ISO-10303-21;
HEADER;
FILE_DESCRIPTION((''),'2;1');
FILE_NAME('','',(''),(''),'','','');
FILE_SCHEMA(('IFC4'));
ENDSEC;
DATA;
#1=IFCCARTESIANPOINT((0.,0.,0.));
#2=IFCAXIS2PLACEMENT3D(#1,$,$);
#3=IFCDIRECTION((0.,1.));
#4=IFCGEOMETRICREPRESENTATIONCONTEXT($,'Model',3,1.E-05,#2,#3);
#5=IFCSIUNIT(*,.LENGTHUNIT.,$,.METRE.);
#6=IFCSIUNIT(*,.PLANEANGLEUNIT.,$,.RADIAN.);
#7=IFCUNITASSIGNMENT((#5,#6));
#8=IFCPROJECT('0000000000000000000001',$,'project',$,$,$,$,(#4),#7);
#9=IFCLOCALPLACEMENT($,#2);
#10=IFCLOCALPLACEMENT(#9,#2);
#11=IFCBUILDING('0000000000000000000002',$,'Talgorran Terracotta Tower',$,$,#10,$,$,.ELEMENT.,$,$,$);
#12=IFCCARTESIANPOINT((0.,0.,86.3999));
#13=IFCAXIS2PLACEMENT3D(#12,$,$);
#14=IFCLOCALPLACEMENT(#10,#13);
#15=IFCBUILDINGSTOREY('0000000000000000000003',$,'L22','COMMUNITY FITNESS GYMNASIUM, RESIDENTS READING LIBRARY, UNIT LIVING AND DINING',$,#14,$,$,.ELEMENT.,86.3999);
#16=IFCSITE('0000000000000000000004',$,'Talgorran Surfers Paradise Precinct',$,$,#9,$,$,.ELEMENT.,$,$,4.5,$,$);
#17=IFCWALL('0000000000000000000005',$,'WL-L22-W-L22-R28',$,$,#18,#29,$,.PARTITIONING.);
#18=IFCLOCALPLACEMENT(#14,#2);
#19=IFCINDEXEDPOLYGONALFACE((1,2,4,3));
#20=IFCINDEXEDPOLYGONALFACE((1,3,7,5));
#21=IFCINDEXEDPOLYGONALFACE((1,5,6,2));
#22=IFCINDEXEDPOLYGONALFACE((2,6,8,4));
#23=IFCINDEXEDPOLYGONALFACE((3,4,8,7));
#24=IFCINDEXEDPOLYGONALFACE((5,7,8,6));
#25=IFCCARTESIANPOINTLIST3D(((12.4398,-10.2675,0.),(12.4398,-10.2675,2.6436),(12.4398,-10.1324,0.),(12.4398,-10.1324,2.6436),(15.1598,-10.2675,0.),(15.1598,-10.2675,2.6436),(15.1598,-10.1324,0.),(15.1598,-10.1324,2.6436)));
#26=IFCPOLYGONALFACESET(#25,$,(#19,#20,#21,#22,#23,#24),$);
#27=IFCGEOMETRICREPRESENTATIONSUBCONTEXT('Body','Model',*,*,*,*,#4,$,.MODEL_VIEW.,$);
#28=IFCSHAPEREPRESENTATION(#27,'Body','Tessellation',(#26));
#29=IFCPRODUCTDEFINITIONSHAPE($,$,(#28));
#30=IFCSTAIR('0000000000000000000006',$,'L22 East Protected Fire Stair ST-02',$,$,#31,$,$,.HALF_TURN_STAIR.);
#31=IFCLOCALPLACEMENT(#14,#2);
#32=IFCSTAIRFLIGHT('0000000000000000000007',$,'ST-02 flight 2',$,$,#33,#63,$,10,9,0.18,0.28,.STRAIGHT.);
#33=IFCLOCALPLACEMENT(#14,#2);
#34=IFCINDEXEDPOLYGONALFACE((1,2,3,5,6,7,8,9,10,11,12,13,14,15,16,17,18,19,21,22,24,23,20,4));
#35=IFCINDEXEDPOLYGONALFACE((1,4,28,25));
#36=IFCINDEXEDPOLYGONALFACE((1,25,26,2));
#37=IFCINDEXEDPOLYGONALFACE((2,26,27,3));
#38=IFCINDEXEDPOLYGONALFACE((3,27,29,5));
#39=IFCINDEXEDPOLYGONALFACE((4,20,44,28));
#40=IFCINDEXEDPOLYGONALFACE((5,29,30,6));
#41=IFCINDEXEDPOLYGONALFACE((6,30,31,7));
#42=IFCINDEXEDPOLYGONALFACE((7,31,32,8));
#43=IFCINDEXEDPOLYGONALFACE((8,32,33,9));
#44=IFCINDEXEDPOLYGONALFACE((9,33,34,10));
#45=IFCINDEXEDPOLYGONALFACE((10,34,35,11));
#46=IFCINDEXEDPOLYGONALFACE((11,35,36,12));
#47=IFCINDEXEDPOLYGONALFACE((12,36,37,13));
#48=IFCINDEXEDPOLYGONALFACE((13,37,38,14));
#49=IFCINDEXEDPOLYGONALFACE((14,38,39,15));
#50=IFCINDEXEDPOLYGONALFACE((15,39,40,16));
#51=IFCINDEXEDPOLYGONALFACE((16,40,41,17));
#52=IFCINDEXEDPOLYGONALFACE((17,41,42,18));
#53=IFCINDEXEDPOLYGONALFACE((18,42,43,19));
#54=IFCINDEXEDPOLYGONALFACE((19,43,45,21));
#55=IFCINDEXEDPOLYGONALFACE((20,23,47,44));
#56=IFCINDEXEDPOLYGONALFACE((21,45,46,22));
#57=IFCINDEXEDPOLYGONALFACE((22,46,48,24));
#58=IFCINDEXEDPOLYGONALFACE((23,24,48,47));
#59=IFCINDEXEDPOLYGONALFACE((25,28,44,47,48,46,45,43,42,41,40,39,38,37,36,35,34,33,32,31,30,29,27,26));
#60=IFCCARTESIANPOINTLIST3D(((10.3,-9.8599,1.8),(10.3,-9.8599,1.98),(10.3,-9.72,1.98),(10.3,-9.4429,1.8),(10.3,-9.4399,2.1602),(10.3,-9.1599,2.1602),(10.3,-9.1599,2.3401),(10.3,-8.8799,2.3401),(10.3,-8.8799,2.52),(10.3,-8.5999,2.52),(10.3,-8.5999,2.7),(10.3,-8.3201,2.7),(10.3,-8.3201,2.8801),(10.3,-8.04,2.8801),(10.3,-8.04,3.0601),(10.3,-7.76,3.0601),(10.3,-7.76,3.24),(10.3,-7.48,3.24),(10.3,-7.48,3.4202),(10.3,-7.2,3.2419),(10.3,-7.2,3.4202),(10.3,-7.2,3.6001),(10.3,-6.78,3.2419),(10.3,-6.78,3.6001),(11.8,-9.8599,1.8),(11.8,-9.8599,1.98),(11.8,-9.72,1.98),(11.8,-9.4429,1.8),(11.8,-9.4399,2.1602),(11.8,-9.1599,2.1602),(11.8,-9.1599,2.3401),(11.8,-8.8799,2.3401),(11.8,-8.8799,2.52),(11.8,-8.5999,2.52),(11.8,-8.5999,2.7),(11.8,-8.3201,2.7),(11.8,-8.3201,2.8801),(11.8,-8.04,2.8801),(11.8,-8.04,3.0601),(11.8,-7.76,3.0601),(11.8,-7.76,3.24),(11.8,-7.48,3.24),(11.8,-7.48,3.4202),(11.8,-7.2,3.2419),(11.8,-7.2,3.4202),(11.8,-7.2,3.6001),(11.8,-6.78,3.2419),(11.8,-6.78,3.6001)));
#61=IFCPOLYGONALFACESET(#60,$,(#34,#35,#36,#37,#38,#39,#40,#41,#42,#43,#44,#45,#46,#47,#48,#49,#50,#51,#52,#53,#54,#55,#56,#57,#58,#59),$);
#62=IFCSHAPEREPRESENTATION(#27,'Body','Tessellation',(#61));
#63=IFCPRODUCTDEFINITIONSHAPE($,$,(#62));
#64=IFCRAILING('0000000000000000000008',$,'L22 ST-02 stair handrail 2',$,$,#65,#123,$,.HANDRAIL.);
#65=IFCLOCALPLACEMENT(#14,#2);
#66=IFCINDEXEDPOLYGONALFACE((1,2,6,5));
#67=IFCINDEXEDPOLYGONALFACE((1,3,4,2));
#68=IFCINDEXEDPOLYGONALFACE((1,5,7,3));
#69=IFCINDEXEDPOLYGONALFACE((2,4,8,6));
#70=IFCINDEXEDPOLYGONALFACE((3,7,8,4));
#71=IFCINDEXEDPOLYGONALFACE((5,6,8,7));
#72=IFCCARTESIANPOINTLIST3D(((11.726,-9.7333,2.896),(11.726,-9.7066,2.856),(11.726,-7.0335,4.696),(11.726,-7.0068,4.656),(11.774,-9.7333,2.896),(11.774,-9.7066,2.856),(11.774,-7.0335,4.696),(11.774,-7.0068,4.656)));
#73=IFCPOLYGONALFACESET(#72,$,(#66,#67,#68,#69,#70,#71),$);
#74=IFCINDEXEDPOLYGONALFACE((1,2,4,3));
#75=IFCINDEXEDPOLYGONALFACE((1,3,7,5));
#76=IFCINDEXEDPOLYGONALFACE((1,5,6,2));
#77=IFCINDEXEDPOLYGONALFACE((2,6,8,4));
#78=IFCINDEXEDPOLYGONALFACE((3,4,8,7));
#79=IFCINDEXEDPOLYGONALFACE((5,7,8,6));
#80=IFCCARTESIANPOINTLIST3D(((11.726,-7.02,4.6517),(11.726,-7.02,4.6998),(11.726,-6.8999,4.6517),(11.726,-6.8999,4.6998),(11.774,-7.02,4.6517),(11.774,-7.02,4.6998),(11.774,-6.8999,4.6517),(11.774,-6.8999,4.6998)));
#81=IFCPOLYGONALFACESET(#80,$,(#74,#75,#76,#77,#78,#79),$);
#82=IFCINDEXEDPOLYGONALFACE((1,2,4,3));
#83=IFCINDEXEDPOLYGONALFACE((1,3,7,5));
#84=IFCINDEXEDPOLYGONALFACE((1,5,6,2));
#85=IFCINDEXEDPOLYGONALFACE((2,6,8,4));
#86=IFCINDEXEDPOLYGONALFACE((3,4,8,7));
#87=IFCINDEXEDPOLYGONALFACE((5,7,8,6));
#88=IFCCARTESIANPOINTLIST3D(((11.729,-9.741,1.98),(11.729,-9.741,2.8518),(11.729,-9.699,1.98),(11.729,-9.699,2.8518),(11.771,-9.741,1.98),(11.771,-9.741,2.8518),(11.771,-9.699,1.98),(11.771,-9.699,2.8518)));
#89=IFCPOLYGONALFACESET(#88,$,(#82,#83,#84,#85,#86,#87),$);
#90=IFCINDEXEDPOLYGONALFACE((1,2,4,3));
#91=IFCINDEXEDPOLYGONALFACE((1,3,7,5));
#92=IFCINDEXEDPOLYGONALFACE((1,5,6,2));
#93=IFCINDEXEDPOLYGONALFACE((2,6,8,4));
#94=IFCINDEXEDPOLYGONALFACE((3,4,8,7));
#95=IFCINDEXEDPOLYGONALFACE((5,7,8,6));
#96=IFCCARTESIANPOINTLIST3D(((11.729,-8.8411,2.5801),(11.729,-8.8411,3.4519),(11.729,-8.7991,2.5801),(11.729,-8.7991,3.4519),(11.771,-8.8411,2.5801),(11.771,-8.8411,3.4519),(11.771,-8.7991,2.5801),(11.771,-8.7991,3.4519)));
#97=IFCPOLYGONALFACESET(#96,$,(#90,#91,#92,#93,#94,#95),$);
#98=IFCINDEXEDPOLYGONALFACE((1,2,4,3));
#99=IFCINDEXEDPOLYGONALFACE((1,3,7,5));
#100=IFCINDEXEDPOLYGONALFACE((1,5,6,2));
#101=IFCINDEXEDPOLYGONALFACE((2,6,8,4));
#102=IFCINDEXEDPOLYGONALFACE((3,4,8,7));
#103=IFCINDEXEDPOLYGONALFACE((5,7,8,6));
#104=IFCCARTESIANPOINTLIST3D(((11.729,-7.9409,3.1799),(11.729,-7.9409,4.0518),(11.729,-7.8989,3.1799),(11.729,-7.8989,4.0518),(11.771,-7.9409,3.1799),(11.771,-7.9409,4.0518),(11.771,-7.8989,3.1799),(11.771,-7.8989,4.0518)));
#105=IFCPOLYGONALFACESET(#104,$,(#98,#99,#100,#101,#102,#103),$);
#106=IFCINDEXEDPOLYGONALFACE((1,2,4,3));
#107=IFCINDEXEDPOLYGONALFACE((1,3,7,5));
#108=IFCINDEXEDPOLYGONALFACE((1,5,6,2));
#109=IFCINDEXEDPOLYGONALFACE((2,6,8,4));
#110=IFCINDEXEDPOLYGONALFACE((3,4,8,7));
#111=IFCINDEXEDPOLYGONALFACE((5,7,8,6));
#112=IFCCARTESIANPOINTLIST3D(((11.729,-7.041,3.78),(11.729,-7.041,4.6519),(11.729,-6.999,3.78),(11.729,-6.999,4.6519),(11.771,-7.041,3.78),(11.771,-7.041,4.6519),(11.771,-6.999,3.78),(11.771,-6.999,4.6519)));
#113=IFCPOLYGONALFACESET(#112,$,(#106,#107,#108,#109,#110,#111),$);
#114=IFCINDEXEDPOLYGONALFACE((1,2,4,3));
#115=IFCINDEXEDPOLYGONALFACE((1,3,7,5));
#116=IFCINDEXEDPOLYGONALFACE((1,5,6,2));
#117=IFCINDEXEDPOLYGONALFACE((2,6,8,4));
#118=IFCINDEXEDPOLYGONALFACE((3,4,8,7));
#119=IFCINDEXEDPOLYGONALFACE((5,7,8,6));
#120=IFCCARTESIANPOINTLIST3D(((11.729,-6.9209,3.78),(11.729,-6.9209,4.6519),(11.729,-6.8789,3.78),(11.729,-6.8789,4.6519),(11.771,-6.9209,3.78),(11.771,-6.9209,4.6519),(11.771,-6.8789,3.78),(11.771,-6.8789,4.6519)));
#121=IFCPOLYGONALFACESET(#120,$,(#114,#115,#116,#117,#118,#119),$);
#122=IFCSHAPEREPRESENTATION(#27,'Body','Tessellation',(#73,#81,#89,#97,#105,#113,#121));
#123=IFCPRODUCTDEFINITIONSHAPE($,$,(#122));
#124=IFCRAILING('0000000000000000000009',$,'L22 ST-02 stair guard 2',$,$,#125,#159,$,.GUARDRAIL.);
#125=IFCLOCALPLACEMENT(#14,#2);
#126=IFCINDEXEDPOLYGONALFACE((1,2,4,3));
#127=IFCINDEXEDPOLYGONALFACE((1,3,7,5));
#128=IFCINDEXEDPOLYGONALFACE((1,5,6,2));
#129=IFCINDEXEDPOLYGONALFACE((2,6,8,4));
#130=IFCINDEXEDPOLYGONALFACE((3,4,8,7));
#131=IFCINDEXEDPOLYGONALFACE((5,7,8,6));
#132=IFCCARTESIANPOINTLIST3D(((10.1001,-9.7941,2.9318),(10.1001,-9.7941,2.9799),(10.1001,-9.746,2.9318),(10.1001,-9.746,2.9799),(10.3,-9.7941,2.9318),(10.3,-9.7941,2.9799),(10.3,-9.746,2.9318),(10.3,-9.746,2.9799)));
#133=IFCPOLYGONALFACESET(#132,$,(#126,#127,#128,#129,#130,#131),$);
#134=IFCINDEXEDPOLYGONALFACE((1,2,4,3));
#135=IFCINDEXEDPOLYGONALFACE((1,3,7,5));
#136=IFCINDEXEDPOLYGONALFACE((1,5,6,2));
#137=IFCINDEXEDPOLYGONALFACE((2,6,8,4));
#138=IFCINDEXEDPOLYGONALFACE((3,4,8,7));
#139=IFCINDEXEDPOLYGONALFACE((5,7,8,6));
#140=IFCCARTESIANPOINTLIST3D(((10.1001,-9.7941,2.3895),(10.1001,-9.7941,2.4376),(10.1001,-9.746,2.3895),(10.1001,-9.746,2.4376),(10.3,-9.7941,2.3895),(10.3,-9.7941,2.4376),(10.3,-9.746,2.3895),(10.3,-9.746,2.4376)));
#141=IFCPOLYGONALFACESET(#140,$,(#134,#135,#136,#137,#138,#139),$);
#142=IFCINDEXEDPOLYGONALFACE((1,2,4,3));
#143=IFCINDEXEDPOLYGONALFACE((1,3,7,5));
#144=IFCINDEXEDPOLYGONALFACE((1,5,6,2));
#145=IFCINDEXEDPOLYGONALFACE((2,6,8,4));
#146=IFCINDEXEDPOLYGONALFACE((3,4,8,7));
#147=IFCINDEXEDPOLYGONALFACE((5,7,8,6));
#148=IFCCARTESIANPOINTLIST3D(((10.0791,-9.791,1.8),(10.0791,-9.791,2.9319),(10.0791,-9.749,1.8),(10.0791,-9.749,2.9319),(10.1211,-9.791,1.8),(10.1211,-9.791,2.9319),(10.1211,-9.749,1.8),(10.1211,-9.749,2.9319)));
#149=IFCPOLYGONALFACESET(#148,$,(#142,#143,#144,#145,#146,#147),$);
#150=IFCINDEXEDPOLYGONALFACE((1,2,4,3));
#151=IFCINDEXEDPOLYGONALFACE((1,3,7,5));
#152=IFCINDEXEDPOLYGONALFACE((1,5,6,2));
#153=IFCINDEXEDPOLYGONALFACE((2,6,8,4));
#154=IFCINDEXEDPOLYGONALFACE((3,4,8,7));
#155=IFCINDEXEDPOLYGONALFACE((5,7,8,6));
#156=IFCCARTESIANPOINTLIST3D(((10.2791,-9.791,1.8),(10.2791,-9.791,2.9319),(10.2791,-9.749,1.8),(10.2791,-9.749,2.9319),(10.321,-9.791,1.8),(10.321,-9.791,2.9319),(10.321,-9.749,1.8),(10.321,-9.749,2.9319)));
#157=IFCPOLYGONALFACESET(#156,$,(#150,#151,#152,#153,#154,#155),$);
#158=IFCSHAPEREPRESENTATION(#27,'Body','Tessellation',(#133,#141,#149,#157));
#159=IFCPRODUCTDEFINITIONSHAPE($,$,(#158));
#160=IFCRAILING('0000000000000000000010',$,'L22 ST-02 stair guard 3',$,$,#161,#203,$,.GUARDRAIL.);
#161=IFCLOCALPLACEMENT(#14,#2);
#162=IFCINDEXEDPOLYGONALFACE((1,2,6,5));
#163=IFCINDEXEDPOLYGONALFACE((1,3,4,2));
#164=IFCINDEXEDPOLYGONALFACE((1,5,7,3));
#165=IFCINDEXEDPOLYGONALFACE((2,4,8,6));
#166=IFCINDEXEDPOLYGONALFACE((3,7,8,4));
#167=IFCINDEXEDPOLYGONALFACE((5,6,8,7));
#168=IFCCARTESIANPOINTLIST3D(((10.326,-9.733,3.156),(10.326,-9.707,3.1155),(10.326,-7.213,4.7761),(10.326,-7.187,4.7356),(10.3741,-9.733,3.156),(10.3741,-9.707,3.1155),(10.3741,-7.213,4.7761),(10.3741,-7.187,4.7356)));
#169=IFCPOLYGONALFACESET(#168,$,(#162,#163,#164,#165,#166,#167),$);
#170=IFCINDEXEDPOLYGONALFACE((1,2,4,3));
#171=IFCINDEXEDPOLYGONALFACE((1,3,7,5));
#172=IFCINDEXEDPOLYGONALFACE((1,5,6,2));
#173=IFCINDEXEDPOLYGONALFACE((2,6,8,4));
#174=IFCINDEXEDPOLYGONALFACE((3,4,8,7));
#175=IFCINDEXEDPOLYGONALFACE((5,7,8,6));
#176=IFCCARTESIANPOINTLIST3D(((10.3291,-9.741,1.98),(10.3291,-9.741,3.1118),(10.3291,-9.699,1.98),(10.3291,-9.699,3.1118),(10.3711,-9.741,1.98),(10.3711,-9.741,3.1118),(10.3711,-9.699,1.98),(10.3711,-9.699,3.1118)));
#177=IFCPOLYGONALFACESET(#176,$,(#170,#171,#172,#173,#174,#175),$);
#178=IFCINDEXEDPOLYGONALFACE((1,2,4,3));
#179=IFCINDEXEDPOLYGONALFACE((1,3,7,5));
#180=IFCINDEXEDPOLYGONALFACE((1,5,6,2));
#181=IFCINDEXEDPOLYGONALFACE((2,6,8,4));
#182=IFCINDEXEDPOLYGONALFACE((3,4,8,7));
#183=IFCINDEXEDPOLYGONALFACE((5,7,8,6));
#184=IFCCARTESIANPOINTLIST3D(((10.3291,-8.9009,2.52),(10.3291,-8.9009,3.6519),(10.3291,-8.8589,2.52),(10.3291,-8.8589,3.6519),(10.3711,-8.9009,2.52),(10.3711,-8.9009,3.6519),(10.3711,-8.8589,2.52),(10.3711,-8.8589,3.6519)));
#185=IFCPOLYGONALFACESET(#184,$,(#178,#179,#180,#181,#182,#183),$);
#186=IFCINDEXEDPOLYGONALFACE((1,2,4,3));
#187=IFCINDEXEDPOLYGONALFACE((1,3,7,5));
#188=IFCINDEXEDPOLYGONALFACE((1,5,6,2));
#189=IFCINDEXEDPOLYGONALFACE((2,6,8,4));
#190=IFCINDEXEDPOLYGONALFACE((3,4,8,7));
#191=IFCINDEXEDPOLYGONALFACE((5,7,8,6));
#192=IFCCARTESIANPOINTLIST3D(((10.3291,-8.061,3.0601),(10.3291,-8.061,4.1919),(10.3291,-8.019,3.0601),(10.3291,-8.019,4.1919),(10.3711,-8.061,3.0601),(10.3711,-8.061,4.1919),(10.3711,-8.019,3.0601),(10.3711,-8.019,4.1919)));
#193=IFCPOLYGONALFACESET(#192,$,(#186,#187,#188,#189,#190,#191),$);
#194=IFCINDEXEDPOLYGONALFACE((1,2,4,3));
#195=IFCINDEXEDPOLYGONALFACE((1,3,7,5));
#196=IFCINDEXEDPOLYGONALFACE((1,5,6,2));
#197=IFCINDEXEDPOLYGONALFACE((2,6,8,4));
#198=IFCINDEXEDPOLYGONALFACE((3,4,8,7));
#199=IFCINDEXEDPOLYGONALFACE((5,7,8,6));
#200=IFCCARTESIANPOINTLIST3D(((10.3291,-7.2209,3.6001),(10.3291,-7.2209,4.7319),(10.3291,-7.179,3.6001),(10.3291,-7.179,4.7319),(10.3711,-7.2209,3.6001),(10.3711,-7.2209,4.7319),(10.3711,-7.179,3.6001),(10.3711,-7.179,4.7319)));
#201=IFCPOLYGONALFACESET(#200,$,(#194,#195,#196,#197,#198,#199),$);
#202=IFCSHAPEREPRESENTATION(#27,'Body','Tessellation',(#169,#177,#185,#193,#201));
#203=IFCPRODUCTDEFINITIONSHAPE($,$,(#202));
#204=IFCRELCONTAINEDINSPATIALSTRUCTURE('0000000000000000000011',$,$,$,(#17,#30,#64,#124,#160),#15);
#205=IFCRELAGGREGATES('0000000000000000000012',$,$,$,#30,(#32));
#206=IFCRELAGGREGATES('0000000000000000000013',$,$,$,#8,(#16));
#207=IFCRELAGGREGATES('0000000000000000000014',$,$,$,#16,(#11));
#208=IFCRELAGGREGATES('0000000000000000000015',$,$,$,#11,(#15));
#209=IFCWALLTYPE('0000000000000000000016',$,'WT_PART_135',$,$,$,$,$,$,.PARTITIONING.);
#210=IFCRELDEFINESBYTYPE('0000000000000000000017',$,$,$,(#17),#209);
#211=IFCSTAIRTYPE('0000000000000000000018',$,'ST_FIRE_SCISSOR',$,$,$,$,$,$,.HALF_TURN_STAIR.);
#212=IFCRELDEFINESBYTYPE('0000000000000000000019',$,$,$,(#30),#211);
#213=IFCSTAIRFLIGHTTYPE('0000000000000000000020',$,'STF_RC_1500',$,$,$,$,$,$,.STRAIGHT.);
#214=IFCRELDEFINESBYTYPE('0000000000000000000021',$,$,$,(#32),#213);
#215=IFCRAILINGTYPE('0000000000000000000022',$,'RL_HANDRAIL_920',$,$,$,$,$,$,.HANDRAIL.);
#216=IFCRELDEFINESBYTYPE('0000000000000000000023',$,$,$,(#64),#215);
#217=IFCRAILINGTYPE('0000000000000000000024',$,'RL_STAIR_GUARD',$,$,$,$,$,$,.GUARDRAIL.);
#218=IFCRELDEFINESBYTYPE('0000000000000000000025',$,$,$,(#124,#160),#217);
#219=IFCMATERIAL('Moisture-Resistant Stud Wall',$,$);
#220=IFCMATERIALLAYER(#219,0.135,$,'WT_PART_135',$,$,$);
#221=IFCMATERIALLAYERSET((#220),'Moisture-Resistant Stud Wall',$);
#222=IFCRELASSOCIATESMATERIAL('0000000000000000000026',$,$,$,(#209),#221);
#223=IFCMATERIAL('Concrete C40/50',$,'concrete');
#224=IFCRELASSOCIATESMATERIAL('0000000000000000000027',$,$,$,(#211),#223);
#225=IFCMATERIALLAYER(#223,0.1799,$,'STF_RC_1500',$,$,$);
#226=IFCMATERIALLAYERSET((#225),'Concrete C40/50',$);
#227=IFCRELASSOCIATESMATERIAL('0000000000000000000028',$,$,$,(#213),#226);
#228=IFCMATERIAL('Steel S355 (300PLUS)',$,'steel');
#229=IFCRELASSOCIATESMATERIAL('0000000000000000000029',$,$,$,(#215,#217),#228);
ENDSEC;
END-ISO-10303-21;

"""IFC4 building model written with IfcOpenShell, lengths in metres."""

from ifc_helpers import new_model, si_unit, direction, frame, frame_2d, origin, origin_2d, place, context, subcontext, project, spatial, polyline, rectangle, outline, extrude, material, layer, layer_set, type_object, element, aggregate, save


model = new_model("IFC4")

# Units and contexts
model_context = context("Model", 3, precision=1e-05, world=origin(), true_north=direction((0.0, 1.0)))
body_context = subcontext(model_context, "Body", "Model", "MODEL_VIEW")
ifc_project = project(units=[si_unit("LENGTHUNIT", "METRE"), si_unit("PLANEANGLEUNIT", "RADIAN")], contexts=[model_context])

# Site, building, storey
site_placement = place(None, origin())
site = spatial("IfcSite", under=ifc_project, at=site_placement, Name="Talgorran Surfers Paradise Precinct", CompositionType="ELEMENT", RefElevation=4.5)
building_placement = place(site_placement, origin())
building = spatial("IfcBuilding", under=site, at=building_placement, Name="Talgorran Terracotta Tower", CompositionType="ELEMENT")
storey_placement = place(building_placement, frame((0.0, 0.0, 86.3999)))
storey = spatial("IfcBuildingStorey", under=building, at=storey_placement, Name="L22", Description="COMMUNITY FITNESS GYMNASIUM, RESIDENTS READING LIBRARY, UNIT LIVING AND DINING", CompositionType="ELEMENT", Elevation=86.3999)

# Shared definitions
ifc_material_1 = material(Name="Steel S355 (300PLUS)", Category="steel")

# Shared definitions
ifc_material_2 = material(Name="Moisture-Resistant Stud Wall")
ifc_layer_1 = layer(ifc_material_2, 0.135, Name="WT_PART_135")
ifc_layer_set_1 = layer_set([ifc_layer_1], Name="Moisture-Resistant Stud Wall")
wall_type_1 = type_object("IfcWallType", Name="WT_PART_135", PredefinedType="PARTITIONING", material=ifc_layer_set_1)

# Wall
wall_1_placement = place(storey_placement, frame((12.4399, -10.2, 0.0), z_axis=(0.0, 0.0, 1.0), x_axis=(1.0, 0.0, 0.0)))
element("IfcWall", 1, at=wall_1_placement, inside=storey, type_object=wall_type_1, Name="WL-L22-W-L22-R28", PredefinedType="PARTITIONING", context=body_context, shape_type="SweptSolid", body=[
    extrude(rectangle(XDim=2.72, YDim=0.135, at=frame_2d((1.3599, 0.0))), origin(), (0.0, 0.0, 1.0), 2.6436),
])

# Stair, stair flight
ifc_material_3 = material(Name="Concrete C40/50", Category="concrete")
stair_type = type_object("IfcStairType", Name="ST_FIRE_SCISSOR", PredefinedType="HALF_TURN_STAIR", material=ifc_material_3)
stair_placement = place(storey_placement, origin())
stair = element("IfcStair", 2, at=stair_placement, inside=storey, type_object=stair_type, Name="L22 East Protected Fire Stair ST-02", PredefinedType="HALF_TURN_STAIR")
ifc_layer_2 = layer(ifc_material_3, 0.1799, Name="STF_RC_1500")
ifc_layer_set_2 = layer_set([ifc_layer_2], Name="Concrete C40/50")
stair_flight_type = type_object("IfcStairFlightType", Name="STF_RC_1500", PredefinedType="STRAIGHT", material=ifc_layer_set_2)
stair_flight_placement = place(storey_placement, frame((11.05, -9.72, 1.8), z_axis=(0.0, 0.0, 1.0), x_axis=(0.0, 1.0, 0.0)))
stair_flight = element("IfcStairFlight", 3, at=stair_flight_placement, type_object=stair_flight_type, Name="ST-02 flight 2", NumberOfRisers=10, NumberOfTreads=9, PredefinedType="STRAIGHT", RiserHeight=0.18, TreadLength=0.28, context=body_context, shape_type="SweptSolid", body=[
    extrude(outline(polyline([(-0.1399, 0.0), (-0.1399, 0.1799), (0.0, 0.1799), (0.28, 0.3601), (0.5601, 0.3601), (0.5601, 0.54), (0.8401, 0.54), (0.8401, 0.72), (1.1201, 0.72), (1.1201, 0.8999), (1.3999, 0.8999), (1.3999, 1.0801), (1.6799, 1.0801), (1.6799, 1.26), (1.96, 1.26), (1.96, 1.4399), (2.24, 1.4399), (2.24, 1.6201), (2.52, 1.6201), (2.52, 1.8), (2.9399, 1.8), (2.9399, 1.4419), (2.52, 1.4419), (0.2771, 0.0), (-0.1399, 0.0)])), frame((0.0, 0.75, 0.0), z_axis=(0.0, -1.0, 0.0), x_axis=(1.0, 0.0, 0.0)), (0.0, 0.0, 1.0), 1.5),
])
aggregate(stair, [stair_flight])

# Railings
railing_type_1 = type_object("IfcRailingType", Name="RL_HANDRAIL_920", PredefinedType="HANDRAIL", material=ifc_material_1)
railing_1_placement = place(storey_placement, frame((11.75, -9.72, 1.98)))
element("IfcRailing", 4, at=railing_1_placement, inside=storey, type_object=railing_type_1, Name="L22 ST-02 stair handrail 2", PredefinedType="HANDRAIL", context=body_context, shape_type="SweptSolid", body=[
    extrude(rectangle(XDim=0.0481, YDim=0.0481, at=origin_2d()), frame((0.0, 0.0, 0.896), z_axis=(0.0, 0.832039, 0.554718), x_axis=(-1.0, 0.0, 0.0)), (0.0, 0.0, 1.0), 3.2449),
    extrude(rectangle(XDim=0.0481, YDim=0.0481, at=origin_2d()), frame((0.0, 2.7, 2.6958), z_axis=(0.0, 1.0, 0.0), x_axis=(-1.0, 0.0, 0.0)), (0.0, 0.0, 1.0), 0.1201),
    extrude(rectangle(XDim=0.042, YDim=0.042, at=origin_2d()), origin(), (0.0, 0.0, 1.0), 0.8718),
    extrude(rectangle(XDim=0.042, YDim=0.042, at=origin_2d()), frame((0.0, 0.8999, 0.6001)), (0.0, 0.0, 1.0), 0.8718),
    extrude(rectangle(XDim=0.042, YDim=0.042, at=origin_2d()), frame((0.0, 1.8, 1.2)), (0.0, 0.0, 1.0), 0.8718),
    extrude(rectangle(XDim=0.042, YDim=0.042, at=origin_2d()), frame((0.0, 2.7, 1.8)), (0.0, 0.0, 1.0), 0.8718),
    extrude(rectangle(XDim=0.042, YDim=0.042, at=origin_2d()), frame((0.0, 2.8201, 1.8)), (0.0, 0.0, 1.0), 0.8718),
])
railing_type_2 = type_object("IfcRailingType", Name="RL_STAIR_GUARD", PredefinedType="GUARDRAIL", material=ifc_material_1)
railing_2_placement = place(storey_placement, frame((10.1001, -9.77, 1.8)))
element("IfcRailing", 5, at=railing_2_placement, inside=storey, type_object=railing_type_2, Name="L22 ST-02 stair guard 2", PredefinedType="GUARDRAIL", context=body_context, shape_type="SweptSolid", body=[
    extrude(rectangle(XDim=0.0481, YDim=0.0481, at=origin_2d()), frame((0.0, 0.0, 1.1558), z_axis=(1.0, 0.0, 0.0), x_axis=(0.0, 1.0, 0.0)), (0.0, 0.0, 1.0), 0.2),
    extrude(rectangle(XDim=0.0481, YDim=0.0481, at=origin_2d()), frame((0.0, 0.0, 0.6135), z_axis=(1.0, 0.0, 0.0), x_axis=(0.0, 1.0, 0.0)), (0.0, 0.0, 1.0), 0.2),
    extrude(rectangle(XDim=0.042, YDim=0.042, at=origin_2d()), origin(), (0.0, 0.0, 1.0), 1.1318),
    extrude(rectangle(XDim=0.042, YDim=0.042, at=origin_2d()), frame((0.2, 0.0, 0.0)), (0.0, 0.0, 1.0), 1.1318),
])
railing_3_placement = place(storey_placement, frame((10.3501, -9.72, 1.98)))
element("IfcRailing", 6, at=railing_3_placement, inside=storey, type_object=railing_type_2, Name="L22 ST-02 stair guard 3", PredefinedType="GUARDRAIL", context=body_context, shape_type="SweptSolid", body=[
    extrude(rectangle(XDim=0.0481, YDim=0.0481, at=origin_2d()), frame((0.0, 0.0, 1.1558), z_axis=(0.0, 0.841163, 0.540782), x_axis=(-1.0, 0.0, 0.0)), (0.0, 0.0, 1.0), 2.9958),
    extrude(rectangle(XDim=0.042, YDim=0.042, at=origin_2d()), origin(), (0.0, 0.0, 1.0), 1.1318),
    extrude(rectangle(XDim=0.042, YDim=0.042, at=origin_2d()), frame((0.0, 0.8401, 0.54)), (0.0, 0.0, 1.0), 1.1318),
    extrude(rectangle(XDim=0.042, YDim=0.042, at=origin_2d()), frame((0.0, 1.6799, 1.0801)), (0.0, 0.0, 1.0), 1.1318),
    extrude(rectangle(XDim=0.042, YDim=0.042, at=origin_2d()), frame((0.0, 2.52, 1.6201)), (0.0, 0.0, 1.0), 1.1318),
])

save(model, "model.ifc")
